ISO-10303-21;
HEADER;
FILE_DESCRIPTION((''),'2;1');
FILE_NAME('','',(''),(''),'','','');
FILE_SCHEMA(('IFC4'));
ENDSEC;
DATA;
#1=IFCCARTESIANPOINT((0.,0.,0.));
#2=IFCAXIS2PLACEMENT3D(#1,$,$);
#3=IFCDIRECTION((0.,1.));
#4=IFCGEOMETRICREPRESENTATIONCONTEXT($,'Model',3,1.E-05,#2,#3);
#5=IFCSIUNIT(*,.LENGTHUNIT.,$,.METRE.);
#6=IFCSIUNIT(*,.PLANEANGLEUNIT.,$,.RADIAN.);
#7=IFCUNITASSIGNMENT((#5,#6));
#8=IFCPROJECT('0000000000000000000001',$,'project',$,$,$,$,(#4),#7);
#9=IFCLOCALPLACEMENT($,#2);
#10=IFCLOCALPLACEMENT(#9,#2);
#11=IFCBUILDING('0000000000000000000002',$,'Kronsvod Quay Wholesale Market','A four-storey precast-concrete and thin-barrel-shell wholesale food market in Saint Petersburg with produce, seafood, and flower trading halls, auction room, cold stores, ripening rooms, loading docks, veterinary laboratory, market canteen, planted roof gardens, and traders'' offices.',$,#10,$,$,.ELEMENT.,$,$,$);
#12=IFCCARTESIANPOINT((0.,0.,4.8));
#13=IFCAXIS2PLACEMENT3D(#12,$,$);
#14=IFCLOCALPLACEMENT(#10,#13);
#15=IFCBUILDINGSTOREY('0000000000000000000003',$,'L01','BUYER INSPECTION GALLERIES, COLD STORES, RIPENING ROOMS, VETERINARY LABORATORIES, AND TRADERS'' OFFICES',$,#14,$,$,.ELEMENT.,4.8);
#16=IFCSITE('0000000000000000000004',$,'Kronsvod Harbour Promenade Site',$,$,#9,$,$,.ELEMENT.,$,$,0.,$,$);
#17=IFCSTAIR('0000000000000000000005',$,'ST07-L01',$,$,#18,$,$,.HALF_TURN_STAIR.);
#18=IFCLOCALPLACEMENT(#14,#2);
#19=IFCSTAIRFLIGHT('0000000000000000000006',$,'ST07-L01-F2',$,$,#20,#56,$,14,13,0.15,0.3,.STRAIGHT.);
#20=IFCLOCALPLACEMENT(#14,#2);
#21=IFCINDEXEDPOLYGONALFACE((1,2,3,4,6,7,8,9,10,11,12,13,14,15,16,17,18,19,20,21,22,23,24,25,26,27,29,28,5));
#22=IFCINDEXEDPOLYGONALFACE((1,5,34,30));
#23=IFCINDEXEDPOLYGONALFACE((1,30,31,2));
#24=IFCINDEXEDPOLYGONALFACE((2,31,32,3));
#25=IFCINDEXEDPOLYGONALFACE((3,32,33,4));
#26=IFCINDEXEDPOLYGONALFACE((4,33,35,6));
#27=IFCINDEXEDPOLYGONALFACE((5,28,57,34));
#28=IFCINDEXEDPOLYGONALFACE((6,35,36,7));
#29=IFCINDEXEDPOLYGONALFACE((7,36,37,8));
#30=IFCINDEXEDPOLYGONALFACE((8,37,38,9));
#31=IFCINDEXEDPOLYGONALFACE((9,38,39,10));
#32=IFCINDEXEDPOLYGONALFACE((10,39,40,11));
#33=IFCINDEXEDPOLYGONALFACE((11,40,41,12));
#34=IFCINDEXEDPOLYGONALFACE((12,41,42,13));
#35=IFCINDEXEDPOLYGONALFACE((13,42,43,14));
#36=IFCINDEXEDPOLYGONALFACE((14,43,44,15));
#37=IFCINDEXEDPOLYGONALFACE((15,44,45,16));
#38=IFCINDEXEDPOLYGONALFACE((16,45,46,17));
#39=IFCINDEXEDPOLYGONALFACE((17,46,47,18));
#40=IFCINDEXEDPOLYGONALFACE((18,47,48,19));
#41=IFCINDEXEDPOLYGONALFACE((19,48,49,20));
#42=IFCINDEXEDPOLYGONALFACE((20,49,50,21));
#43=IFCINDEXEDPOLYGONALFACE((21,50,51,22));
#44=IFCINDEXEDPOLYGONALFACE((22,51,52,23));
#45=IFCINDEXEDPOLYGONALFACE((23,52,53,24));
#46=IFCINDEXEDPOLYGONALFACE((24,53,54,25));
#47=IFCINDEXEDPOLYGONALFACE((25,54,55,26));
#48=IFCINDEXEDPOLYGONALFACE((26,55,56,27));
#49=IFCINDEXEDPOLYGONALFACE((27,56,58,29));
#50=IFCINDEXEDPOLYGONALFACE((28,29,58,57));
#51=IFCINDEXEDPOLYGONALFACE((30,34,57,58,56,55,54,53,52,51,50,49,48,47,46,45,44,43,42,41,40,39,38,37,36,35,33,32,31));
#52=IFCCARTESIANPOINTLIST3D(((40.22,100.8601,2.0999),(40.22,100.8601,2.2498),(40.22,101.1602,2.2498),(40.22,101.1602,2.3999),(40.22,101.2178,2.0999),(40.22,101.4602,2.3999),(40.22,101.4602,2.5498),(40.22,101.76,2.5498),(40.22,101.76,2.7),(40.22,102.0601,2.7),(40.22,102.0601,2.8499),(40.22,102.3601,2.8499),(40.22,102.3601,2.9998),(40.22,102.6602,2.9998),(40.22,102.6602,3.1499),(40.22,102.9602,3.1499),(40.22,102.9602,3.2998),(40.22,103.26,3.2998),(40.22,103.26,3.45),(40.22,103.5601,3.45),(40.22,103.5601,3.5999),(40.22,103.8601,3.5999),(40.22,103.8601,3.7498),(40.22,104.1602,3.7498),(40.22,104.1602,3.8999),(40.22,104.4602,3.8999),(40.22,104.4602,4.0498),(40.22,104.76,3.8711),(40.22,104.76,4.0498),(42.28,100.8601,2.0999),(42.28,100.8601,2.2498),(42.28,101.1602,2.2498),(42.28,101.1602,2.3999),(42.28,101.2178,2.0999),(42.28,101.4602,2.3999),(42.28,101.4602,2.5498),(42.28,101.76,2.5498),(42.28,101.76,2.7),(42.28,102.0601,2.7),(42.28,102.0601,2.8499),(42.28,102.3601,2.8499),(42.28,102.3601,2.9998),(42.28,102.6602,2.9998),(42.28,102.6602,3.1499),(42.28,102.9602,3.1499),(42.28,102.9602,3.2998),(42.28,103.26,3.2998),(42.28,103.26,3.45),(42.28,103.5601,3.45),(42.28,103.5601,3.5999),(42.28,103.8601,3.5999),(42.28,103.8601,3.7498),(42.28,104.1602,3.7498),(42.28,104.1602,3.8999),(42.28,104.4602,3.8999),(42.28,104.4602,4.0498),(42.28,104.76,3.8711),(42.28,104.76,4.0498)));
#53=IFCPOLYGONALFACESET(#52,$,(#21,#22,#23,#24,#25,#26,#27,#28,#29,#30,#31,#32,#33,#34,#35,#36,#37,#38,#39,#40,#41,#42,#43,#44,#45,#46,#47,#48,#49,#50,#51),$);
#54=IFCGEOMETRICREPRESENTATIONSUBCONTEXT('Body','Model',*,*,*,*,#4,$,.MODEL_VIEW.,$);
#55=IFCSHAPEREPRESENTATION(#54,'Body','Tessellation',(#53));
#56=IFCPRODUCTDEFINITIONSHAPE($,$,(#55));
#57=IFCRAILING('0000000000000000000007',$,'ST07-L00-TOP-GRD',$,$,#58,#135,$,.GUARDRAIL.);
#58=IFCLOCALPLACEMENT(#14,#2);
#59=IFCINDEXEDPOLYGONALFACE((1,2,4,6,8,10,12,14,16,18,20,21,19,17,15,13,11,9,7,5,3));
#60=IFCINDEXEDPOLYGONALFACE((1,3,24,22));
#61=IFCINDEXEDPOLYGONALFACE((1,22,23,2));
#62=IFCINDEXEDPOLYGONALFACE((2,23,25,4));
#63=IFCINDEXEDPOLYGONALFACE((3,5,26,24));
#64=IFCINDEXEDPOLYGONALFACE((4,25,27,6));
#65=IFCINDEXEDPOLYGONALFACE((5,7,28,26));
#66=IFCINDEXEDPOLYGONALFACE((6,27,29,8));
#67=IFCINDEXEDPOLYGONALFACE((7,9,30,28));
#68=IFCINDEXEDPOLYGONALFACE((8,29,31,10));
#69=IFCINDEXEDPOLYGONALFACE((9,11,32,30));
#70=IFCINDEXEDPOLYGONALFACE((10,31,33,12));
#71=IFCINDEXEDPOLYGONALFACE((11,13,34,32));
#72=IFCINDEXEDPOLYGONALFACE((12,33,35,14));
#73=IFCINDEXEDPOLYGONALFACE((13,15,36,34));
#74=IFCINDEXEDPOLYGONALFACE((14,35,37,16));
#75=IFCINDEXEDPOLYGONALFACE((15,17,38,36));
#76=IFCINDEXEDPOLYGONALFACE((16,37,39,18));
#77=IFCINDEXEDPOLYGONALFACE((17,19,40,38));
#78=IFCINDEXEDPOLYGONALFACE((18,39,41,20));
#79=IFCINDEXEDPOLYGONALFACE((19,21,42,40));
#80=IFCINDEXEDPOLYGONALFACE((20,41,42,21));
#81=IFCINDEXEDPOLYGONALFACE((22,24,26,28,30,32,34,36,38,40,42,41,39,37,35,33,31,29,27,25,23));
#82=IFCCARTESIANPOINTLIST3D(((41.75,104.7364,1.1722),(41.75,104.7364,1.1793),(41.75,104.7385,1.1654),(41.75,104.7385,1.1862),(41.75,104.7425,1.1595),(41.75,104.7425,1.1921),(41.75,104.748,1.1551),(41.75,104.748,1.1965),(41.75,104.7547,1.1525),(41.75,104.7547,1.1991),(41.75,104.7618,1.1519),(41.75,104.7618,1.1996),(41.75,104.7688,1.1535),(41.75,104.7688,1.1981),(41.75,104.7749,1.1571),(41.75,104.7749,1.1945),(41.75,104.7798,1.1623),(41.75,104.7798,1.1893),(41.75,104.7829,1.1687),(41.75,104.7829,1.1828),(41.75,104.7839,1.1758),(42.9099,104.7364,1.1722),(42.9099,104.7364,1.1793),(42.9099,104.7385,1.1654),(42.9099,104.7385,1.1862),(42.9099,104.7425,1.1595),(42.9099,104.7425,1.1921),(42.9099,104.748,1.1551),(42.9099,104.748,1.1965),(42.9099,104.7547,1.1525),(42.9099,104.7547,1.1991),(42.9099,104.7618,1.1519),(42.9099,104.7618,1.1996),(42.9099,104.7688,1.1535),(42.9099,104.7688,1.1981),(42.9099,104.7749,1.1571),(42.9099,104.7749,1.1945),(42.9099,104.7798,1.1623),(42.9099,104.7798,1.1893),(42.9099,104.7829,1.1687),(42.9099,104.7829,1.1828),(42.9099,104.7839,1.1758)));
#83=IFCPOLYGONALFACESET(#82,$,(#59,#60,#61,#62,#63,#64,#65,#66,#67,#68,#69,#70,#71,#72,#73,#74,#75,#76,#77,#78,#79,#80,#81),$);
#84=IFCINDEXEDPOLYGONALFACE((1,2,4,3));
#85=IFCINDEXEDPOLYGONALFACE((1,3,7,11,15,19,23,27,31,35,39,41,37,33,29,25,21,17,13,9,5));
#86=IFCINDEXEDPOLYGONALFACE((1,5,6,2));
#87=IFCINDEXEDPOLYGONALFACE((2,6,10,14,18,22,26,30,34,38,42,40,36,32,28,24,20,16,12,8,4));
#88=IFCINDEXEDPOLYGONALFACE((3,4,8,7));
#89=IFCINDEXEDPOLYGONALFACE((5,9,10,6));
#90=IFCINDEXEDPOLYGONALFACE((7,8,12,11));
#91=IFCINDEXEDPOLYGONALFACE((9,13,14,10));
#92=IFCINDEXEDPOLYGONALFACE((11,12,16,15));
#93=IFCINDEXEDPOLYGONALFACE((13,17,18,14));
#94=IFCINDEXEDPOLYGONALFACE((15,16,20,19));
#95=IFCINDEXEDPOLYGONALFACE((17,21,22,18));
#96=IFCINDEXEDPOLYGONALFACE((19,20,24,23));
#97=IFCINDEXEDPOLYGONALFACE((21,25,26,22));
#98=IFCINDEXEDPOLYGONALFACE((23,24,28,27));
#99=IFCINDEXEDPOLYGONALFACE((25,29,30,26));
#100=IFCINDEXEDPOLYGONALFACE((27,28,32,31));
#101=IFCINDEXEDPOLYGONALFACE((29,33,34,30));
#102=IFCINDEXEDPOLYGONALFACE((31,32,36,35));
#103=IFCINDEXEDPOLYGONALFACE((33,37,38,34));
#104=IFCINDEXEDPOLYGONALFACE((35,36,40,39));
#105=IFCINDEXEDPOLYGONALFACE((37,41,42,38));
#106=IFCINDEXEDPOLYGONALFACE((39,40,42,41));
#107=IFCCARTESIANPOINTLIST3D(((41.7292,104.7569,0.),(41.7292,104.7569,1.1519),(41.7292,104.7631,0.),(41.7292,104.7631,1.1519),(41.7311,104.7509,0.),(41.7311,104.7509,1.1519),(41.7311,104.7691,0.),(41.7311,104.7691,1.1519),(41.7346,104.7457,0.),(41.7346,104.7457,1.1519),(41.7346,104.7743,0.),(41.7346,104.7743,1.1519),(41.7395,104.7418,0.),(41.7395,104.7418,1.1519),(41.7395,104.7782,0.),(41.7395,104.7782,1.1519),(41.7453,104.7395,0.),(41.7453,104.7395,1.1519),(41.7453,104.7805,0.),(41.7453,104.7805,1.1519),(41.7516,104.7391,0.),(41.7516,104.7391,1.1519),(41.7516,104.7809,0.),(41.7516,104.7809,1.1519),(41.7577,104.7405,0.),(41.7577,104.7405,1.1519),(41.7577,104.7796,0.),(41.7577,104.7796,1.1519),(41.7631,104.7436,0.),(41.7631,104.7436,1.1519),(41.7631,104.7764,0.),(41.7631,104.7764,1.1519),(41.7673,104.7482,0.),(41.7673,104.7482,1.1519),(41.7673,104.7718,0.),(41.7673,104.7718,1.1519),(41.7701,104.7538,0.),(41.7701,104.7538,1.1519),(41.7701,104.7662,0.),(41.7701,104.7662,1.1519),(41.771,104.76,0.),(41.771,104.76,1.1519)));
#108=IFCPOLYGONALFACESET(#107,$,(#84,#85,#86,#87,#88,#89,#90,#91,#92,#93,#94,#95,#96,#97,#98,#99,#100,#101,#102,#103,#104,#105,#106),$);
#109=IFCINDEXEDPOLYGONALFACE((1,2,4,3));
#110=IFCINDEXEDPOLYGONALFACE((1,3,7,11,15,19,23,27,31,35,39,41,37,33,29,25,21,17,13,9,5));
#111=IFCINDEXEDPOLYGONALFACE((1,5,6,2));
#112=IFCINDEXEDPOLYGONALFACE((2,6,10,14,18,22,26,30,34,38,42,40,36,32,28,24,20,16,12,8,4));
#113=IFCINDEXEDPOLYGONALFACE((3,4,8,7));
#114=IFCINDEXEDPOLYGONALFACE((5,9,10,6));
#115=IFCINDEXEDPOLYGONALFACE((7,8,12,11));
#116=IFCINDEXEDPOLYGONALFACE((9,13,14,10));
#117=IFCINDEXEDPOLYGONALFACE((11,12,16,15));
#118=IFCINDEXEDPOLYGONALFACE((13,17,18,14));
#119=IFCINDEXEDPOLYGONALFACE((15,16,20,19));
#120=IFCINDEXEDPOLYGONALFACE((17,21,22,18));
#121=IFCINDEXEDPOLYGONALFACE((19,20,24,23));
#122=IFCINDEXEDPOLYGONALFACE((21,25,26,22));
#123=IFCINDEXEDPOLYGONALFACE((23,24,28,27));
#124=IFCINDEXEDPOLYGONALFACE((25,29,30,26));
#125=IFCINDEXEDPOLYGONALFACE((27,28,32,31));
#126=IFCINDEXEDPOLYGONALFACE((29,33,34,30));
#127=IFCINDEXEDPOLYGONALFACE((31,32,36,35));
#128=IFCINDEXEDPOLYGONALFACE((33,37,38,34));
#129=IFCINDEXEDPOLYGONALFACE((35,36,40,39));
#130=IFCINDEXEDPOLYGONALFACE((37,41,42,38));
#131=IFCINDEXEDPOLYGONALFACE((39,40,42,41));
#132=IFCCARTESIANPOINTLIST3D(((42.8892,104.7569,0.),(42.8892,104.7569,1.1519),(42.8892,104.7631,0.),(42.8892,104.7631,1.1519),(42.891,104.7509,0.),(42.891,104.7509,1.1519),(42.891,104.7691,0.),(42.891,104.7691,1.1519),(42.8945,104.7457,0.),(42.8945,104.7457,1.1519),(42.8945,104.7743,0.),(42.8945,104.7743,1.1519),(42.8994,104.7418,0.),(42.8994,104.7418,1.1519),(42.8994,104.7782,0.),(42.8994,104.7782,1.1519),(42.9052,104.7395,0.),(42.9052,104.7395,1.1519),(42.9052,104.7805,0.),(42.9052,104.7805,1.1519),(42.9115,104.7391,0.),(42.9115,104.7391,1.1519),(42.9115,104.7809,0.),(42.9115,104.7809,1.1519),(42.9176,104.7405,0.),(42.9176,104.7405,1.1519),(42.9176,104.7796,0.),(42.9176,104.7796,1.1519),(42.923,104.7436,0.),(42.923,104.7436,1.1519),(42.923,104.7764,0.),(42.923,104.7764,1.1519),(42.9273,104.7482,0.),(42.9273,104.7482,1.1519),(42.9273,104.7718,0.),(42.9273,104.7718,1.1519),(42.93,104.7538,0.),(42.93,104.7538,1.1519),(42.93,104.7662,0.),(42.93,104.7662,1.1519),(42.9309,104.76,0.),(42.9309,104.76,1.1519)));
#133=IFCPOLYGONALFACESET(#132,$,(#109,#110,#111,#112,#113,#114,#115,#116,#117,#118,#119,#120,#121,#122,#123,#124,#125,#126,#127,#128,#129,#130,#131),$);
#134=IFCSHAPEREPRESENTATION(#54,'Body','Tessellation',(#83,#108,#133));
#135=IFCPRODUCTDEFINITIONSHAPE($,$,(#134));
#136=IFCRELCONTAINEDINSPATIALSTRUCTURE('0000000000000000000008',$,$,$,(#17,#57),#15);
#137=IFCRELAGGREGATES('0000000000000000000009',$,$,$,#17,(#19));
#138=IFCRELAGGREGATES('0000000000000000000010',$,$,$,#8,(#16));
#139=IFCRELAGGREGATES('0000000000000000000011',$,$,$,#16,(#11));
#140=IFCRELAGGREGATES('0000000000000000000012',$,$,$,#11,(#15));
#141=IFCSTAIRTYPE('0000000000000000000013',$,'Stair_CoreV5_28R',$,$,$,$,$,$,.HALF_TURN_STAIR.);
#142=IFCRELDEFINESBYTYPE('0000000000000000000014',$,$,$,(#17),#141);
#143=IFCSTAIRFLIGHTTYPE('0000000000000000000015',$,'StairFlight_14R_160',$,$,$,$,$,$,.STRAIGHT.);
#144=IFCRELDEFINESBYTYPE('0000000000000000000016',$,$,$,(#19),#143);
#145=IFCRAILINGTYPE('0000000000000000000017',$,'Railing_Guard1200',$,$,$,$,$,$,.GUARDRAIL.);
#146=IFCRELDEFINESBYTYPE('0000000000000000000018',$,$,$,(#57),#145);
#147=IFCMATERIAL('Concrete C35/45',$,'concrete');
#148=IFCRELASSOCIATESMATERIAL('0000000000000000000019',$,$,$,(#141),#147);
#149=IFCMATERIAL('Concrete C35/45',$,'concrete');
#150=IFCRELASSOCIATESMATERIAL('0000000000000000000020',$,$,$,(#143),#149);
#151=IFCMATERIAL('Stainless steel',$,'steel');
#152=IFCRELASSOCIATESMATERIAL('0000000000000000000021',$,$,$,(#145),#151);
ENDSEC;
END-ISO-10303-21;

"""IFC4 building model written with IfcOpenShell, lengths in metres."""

from ifc_helpers import new_model, si_unit, direction, frame, origin, origin_2d, place, context, subcontext, project, spatial, polyline, circle, outline, extrude, material, type_object, element, aggregate, save


model = new_model("IFC4")

# Units and contexts
model_context = context("Model", 3, precision=1e-05, world=origin(), true_north=direction((0.0, 1.0)))
body_context = subcontext(model_context, "Body", "Model", "MODEL_VIEW")
ifc_project = project(units=[si_unit("LENGTHUNIT", "METRE"), si_unit("PLANEANGLEUNIT", "RADIAN")], contexts=[model_context])

# Site, building, storey
site_placement = place(None, origin())
site = spatial("IfcSite", under=ifc_project, at=site_placement, Name="Kronsvod Harbour Promenade Site", CompositionType="ELEMENT", RefElevation=0.0)
building_placement = place(site_placement, origin())
building = spatial("IfcBuilding", under=site, at=building_placement, Name="Kronsvod Quay Wholesale Market", Description="A four-storey precast-concrete and thin-barrel-shell wholesale food market in Saint Petersburg with produce, seafood, and flower trading halls, auction room, cold stores, ripening rooms, loading docks, veterinary laboratory, market canteen, planted roof gardens, and traders' offices.", CompositionType="ELEMENT")
storey_placement = place(building_placement, frame((0.0, 0.0, 4.8)))
storey = spatial("IfcBuildingStorey", under=building, at=storey_placement, Name="L01", Description="BUYER INSPECTION GALLERIES, COLD STORES, RIPENING ROOMS, VETERINARY LABORATORIES, AND TRADERS' OFFICES", CompositionType="ELEMENT", Elevation=4.8)

# Stair, stair flight
ifc_material_1 = material(Name="Concrete C35/45", Category="concrete")
stair_type = type_object("IfcStairType", Name="Stair_CoreV5_28R", PredefinedType="HALF_TURN_STAIR", material=ifc_material_1)
stair_placement = place(storey_placement, origin())
stair = element("IfcStair", 1, at=stair_placement, inside=storey, type_object=stair_type, Name="ST07-L01", PredefinedType="HALF_TURN_STAIR")
ifc_material_2 = material(Name="Concrete C35/45", Category="concrete")
stair_flight_type = type_object("IfcStairFlightType", Name="StairFlight_14R_160", PredefinedType="STRAIGHT", material=ifc_material_2)
stair_flight_placement = place(storey_placement, frame((41.25, 100.8601, 2.0999), z_axis=(0.0, 0.0, 1.0), x_axis=(0.0, 1.0, 0.0)))
stair_flight = element("IfcStairFlight", 2, at=stair_flight_placement, type_object=stair_flight_type, Name="ST07-L01-F2", NumberOfRisers=14, NumberOfTreads=13, PredefinedType="STRAIGHT", RiserHeight=0.15, TreadLength=0.3, context=body_context, shape_type="SweptSolid", body=[
    extrude(outline(polyline([(0.0, 0.0), (0.0, 0.1499), (0.3, 0.1499), (0.3, 0.3), (0.6001, 0.3), (0.6001, 0.45), (0.8999, 0.45), (0.8999, 0.6001), (1.2, 0.6001), (1.2, 0.75), (1.5, 0.75), (1.5, 0.8999), (1.8, 0.8999), (1.8, 1.05), (2.1001, 1.05), (2.1001, 1.2), (2.3999, 1.2), (2.3999, 1.3501), (2.7, 1.3501), (2.7, 1.5), (3.0, 1.5), (3.0, 1.6499), (3.3, 1.6499), (3.3, 1.8), (3.6001, 1.8), (3.6001, 1.95), (3.8999, 1.95), (3.8999, 2.1001), (3.8999, 1.7712), (0.3577, 0.0), (0.0, 0.0)])), frame((0.0, 1.03, 0.0), z_axis=(0.0, -1.0, 0.0), x_axis=(1.0, 0.0, 0.0)), (0.0, 0.0, 1.0), 2.0601),
])
aggregate(stair, [stair_flight])

# Railing
ifc_material_3 = material(Name="Stainless steel", Category="steel")
railing_type = type_object("IfcRailingType", Name="Railing_Guard1200", PredefinedType="GUARDRAIL", material=ifc_material_3)
railing_1_placement = place(storey_placement, frame((41.75, 104.76, 0.0)))
element("IfcRailing", 3, at=railing_1_placement, inside=storey, type_object=railing_type, Name="ST07-L00-TOP-GRD", PredefinedType="GUARDRAIL", context=body_context, shape_type="SweptSolid", body=[
    extrude(circle(Radius=0.0239, at=origin_2d()), frame((0.0, 0.0, 1.1758), z_axis=(1.0, 0.0, 0.0), x_axis=(0.0, 1.0, 0.0)), (0.0, 0.0, 1.0), 1.1599),
    extrude(circle(Radius=0.021, at=origin_2d()), origin(), (0.0, 0.0, 1.0), 1.1519),
    extrude(circle(Radius=0.021, at=origin_2d()), frame((1.1599, 0.0, 0.0)), (0.0, 0.0, 1.0), 1.1519),
])

save(model, "model.ifc")
